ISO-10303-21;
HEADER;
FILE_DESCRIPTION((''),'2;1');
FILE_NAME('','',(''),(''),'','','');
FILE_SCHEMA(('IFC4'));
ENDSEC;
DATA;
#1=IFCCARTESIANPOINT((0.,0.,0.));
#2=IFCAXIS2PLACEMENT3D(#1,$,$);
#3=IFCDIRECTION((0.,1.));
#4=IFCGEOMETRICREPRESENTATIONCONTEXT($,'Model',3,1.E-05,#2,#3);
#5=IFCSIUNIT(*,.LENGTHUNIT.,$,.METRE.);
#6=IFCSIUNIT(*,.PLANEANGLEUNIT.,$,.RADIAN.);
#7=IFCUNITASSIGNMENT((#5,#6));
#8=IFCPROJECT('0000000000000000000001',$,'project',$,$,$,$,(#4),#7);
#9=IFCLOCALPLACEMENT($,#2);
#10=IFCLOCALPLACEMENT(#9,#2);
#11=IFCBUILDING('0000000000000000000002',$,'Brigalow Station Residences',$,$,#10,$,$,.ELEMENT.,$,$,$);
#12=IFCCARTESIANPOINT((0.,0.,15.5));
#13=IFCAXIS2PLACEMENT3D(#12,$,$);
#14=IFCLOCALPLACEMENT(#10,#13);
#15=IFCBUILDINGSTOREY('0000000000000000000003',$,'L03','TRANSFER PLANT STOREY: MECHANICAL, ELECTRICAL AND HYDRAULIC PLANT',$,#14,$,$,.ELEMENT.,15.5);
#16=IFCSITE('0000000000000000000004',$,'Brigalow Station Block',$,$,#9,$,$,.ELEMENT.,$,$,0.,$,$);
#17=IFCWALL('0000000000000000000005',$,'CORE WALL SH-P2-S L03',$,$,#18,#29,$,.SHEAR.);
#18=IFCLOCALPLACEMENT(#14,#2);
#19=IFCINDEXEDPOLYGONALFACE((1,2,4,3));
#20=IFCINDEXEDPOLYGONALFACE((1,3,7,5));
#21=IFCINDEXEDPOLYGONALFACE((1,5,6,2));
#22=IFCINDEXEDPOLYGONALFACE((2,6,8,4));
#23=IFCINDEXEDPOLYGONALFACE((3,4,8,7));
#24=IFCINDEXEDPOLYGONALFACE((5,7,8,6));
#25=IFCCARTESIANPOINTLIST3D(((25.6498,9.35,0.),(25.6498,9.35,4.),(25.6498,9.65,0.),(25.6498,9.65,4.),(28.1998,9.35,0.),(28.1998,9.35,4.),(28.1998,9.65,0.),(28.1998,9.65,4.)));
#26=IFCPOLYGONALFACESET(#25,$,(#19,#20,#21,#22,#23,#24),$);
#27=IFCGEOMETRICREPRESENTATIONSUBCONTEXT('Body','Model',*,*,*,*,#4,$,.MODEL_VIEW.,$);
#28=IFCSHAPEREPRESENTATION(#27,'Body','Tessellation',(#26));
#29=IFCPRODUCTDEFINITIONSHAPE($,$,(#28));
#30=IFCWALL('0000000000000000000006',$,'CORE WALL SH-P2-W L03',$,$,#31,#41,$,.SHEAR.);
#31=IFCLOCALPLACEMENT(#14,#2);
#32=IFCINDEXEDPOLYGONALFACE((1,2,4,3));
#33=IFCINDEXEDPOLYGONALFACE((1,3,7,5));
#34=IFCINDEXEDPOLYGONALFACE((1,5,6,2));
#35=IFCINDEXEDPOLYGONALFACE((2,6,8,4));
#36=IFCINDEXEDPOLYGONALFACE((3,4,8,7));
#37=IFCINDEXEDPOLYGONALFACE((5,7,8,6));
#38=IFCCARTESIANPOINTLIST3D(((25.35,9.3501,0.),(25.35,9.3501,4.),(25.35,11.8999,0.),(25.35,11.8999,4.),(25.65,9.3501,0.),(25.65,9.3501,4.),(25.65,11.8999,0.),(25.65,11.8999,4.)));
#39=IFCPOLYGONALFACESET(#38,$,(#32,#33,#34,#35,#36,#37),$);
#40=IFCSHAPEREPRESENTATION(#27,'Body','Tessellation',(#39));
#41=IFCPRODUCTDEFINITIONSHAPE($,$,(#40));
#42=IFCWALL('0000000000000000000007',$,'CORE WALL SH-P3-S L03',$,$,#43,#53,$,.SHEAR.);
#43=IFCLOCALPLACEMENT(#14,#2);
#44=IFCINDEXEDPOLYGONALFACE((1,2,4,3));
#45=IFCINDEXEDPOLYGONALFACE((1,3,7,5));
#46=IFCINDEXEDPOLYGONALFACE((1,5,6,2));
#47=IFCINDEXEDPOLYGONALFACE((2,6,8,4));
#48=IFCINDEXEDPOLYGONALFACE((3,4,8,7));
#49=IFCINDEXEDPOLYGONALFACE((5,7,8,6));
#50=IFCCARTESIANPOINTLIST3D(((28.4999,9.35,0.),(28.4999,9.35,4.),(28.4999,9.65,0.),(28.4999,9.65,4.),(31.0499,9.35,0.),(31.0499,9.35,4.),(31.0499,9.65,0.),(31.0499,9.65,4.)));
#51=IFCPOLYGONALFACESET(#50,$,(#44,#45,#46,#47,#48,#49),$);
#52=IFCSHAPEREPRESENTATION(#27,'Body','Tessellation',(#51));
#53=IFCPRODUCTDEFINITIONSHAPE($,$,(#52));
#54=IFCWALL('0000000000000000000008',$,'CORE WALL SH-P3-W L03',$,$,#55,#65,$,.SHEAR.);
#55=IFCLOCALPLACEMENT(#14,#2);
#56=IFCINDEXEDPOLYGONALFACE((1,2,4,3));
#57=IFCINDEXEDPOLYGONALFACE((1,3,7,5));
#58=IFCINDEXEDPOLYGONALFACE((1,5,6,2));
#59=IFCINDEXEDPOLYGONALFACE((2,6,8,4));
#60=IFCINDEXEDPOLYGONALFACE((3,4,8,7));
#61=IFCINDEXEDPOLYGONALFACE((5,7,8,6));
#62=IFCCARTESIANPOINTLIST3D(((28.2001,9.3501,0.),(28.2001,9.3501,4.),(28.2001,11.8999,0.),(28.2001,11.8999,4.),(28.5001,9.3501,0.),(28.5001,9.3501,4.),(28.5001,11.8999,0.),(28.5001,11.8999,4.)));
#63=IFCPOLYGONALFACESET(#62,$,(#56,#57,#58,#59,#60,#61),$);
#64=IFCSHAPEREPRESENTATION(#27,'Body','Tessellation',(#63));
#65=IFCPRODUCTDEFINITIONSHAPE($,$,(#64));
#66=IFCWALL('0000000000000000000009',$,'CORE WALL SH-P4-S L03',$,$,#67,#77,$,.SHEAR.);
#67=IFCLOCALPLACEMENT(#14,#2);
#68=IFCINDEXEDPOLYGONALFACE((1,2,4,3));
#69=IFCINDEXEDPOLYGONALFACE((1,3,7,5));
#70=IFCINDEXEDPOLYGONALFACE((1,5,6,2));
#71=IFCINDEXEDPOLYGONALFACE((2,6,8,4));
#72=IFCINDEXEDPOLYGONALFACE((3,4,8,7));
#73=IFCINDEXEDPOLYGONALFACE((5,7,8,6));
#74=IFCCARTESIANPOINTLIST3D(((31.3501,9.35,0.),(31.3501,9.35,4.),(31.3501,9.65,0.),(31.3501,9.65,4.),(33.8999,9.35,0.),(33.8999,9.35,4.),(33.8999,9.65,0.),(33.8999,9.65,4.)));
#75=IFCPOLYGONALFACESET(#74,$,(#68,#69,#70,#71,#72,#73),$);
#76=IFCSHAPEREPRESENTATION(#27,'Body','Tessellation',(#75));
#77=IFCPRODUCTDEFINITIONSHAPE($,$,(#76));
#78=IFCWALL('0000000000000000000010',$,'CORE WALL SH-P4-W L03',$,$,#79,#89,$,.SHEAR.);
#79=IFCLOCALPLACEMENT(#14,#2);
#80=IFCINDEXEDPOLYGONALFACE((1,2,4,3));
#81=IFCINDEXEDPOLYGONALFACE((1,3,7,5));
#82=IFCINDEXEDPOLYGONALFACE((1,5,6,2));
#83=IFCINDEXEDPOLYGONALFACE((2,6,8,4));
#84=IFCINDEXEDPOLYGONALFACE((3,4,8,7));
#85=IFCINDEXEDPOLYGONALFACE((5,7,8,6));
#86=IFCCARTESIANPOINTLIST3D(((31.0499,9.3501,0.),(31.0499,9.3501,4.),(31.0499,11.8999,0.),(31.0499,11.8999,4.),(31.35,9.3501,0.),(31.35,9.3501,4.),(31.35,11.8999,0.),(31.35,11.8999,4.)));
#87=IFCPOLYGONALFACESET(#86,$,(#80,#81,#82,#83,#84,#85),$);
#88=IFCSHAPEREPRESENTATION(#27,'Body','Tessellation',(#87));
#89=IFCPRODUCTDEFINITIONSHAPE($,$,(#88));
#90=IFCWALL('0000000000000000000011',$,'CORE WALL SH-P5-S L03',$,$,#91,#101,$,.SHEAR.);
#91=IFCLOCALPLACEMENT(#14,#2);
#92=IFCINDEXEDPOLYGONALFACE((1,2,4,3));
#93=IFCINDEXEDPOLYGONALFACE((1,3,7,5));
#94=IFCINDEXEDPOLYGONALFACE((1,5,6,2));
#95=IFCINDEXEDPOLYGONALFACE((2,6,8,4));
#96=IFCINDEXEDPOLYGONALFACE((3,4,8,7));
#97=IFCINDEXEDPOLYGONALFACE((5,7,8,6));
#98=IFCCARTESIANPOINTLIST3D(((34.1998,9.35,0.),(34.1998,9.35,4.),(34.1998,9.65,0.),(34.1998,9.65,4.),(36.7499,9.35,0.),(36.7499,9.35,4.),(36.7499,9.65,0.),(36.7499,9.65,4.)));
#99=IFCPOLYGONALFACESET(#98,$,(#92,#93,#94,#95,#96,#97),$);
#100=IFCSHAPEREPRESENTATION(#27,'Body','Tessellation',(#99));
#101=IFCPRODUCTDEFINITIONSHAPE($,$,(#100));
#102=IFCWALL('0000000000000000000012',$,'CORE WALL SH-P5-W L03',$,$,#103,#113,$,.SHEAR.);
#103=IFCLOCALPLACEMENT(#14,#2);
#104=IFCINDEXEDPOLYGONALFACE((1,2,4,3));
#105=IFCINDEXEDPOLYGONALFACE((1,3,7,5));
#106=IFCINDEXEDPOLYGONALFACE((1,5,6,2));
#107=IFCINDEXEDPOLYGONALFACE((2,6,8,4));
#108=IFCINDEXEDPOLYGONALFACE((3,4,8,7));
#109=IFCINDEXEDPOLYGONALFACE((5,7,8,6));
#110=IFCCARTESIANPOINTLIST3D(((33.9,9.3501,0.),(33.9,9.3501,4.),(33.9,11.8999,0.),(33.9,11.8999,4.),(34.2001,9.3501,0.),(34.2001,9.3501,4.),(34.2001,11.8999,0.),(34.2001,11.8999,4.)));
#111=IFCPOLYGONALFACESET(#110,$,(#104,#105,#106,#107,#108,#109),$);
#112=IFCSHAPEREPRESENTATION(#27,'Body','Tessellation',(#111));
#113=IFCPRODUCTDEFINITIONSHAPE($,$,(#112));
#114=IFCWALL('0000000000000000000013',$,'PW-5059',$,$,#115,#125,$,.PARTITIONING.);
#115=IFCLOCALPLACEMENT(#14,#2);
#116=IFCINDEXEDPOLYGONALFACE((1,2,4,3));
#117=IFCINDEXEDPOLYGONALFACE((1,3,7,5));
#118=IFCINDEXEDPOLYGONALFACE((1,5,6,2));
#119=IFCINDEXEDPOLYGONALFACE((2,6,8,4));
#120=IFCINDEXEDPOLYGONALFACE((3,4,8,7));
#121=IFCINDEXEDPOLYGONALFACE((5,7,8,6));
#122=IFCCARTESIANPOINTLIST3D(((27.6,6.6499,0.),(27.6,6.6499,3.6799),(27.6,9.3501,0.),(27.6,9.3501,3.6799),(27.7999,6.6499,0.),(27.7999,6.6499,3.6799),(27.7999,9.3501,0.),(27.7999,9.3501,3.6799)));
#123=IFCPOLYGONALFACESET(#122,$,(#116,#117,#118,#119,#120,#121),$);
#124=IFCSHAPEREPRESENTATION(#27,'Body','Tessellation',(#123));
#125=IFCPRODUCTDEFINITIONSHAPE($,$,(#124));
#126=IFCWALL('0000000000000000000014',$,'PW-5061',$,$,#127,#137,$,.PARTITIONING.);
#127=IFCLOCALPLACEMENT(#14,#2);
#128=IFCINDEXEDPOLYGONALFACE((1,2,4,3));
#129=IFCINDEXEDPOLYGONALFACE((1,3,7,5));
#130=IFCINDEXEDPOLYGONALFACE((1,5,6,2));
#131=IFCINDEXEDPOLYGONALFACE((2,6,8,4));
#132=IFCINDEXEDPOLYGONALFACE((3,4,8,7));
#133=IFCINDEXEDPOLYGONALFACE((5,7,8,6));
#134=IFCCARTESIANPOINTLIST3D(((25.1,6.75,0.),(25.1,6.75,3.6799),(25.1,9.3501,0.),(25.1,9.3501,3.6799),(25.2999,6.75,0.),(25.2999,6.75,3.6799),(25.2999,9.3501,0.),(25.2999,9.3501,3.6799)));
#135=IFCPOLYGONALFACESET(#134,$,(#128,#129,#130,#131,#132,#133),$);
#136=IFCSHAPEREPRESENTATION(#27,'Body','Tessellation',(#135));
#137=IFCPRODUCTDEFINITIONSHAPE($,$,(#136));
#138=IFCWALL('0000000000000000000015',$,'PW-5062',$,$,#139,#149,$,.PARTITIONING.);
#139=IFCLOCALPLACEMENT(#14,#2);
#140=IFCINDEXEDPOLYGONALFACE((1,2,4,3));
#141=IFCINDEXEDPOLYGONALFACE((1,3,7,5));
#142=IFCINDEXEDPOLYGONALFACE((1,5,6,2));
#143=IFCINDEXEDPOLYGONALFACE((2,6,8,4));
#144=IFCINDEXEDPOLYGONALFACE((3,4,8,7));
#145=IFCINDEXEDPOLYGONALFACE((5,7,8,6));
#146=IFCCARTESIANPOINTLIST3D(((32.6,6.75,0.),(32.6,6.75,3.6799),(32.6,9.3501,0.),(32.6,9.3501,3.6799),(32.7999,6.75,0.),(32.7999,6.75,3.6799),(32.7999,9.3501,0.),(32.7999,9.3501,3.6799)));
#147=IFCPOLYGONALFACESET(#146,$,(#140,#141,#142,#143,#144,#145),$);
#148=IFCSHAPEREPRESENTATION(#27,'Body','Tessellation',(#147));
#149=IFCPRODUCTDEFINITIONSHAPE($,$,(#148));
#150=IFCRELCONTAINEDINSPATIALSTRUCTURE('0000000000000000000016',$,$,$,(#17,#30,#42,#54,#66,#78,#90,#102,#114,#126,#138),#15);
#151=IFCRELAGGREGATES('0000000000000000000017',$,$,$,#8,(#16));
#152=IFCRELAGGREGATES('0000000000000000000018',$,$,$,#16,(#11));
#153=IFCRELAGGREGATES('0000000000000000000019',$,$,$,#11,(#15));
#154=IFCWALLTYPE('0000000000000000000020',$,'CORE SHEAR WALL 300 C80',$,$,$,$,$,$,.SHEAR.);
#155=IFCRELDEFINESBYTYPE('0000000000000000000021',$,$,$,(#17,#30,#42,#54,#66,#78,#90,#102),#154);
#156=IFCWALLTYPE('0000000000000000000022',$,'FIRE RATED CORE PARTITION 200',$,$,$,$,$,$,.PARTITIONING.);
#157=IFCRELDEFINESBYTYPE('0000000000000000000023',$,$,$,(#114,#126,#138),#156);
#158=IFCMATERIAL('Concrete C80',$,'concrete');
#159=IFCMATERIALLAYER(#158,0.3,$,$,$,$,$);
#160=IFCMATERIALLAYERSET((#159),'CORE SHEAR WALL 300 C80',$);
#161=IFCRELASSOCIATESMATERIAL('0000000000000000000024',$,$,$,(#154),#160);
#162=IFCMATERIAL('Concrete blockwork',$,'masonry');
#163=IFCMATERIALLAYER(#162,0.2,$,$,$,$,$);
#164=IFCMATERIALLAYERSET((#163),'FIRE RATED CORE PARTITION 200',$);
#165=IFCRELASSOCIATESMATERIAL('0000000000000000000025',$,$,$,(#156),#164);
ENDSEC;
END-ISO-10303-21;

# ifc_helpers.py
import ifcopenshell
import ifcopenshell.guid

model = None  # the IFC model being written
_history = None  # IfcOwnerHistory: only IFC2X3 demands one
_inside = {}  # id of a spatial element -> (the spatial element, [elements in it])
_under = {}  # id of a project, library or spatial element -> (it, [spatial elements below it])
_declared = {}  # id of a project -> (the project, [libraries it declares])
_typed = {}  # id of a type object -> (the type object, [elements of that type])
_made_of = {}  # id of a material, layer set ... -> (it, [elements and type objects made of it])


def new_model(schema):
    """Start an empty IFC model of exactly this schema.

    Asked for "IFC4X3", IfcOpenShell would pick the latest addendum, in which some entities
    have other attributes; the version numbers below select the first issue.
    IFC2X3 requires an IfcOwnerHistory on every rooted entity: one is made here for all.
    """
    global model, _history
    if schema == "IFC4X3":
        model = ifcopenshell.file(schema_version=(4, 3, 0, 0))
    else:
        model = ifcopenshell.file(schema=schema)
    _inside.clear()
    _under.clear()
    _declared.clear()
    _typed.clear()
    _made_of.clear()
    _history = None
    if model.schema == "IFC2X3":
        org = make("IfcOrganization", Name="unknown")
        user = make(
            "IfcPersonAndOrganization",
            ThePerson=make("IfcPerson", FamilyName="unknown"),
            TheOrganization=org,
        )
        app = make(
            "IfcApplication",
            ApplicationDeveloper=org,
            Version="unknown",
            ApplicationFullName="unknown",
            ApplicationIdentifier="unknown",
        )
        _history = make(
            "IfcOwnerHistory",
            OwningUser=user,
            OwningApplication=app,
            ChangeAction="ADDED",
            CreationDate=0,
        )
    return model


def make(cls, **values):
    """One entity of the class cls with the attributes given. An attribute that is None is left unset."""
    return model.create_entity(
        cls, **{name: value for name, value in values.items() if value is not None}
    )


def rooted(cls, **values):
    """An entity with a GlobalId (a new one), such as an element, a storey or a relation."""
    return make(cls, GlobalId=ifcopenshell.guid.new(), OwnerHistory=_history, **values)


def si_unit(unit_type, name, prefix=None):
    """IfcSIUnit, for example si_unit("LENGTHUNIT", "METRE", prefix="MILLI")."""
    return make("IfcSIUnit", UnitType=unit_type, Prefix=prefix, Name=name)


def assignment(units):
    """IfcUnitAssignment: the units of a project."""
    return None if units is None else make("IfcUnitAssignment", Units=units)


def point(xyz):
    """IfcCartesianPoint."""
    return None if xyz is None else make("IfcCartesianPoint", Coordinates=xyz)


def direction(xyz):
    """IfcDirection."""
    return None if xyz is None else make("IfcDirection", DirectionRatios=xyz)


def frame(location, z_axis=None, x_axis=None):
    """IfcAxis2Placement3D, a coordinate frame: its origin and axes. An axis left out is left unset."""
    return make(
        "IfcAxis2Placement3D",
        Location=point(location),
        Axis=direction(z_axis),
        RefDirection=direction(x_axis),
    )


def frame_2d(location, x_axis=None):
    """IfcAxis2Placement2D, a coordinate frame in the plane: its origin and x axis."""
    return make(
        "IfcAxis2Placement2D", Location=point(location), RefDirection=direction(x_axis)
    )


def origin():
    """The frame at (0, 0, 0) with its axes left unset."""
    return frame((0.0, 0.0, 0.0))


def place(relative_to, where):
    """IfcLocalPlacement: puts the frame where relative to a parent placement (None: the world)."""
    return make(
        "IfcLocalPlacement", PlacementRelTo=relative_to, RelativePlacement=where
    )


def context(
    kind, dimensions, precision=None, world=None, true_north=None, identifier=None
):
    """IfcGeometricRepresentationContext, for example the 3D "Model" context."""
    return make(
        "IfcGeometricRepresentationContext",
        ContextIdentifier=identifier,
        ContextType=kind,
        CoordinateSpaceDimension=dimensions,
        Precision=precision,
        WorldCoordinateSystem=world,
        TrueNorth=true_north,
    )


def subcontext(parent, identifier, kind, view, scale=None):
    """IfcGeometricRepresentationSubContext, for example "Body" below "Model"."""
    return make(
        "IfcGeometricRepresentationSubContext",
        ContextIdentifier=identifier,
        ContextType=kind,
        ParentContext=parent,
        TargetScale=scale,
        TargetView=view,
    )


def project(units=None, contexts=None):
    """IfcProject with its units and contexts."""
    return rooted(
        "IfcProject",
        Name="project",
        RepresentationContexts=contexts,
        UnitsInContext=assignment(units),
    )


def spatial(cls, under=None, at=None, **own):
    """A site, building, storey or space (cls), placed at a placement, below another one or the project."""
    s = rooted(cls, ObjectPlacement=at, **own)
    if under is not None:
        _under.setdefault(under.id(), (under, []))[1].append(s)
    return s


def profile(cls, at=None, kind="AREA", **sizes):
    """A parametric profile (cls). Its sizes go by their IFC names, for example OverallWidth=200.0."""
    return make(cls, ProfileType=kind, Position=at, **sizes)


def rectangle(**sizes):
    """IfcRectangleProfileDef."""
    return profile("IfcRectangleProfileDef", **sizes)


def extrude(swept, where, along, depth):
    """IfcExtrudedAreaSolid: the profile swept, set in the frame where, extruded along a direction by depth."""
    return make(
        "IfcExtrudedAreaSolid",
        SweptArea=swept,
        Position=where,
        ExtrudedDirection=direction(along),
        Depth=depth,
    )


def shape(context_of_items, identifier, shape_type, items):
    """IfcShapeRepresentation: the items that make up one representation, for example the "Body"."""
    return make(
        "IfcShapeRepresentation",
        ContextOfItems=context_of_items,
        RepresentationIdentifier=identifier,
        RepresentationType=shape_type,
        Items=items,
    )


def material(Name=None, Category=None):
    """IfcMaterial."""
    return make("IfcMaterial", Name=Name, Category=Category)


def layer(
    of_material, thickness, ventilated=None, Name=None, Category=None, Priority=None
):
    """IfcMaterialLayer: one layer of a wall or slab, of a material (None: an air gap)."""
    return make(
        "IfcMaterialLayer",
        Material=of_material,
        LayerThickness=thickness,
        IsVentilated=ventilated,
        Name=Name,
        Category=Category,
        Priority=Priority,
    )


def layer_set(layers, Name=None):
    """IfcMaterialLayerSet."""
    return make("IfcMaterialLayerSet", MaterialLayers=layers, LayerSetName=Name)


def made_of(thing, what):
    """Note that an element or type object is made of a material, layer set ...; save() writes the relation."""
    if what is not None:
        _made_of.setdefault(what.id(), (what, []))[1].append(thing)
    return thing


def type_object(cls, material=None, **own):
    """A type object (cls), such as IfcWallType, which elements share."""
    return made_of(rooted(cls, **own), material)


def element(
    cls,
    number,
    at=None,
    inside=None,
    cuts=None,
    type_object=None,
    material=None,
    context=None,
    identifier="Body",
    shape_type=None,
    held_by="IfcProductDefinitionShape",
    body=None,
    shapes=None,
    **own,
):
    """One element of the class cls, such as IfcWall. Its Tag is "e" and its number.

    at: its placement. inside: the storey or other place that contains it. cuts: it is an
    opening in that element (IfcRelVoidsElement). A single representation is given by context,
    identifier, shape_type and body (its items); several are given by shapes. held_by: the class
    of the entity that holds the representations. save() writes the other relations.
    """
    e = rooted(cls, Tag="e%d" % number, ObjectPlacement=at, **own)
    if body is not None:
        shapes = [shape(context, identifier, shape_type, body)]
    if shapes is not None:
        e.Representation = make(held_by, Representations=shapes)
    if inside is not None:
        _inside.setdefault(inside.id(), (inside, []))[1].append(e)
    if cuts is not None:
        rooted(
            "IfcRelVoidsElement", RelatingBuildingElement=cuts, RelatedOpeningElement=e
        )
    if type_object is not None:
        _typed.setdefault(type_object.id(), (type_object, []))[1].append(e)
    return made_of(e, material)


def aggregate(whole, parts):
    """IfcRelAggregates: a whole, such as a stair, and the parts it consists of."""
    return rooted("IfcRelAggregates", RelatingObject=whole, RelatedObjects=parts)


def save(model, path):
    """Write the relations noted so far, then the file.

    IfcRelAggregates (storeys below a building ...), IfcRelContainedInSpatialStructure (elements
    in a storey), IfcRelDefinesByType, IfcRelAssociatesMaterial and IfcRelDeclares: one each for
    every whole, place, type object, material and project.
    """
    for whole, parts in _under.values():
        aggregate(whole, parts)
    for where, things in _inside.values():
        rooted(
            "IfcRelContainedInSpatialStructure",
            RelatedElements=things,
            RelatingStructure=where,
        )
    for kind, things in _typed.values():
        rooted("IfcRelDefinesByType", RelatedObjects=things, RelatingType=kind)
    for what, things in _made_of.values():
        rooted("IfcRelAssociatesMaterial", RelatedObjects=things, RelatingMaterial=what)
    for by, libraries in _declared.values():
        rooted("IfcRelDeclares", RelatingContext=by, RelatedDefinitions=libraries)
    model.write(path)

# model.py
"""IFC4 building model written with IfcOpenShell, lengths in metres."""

from ifc_helpers import new_model, si_unit, direction, frame, frame_2d, origin, place, context, subcontext, project, spatial, rectangle, extrude, material, layer, layer_set, type_object, element, save


model = new_model("IFC4")

# Units and contexts
model_context = context("Model", 3, precision=1e-05, world=origin(), true_north=direction((0.0, 1.0)))
body_context = subcontext(model_context, "Body", "Model", "MODEL_VIEW")
ifc_project = project(units=[si_unit("LENGTHUNIT", "METRE"), si_unit("PLANEANGLEUNIT", "RADIAN")], contexts=[model_context])

# Site, building, storey
site_placement = place(None, origin())
site = spatial("IfcSite", under=ifc_project, at=site_placement, Name="Brigalow Station Block", CompositionType="ELEMENT", RefElevation=0.0)
building_placement = place(site_placement, origin())
building = spatial("IfcBuilding", under=site, at=building_placement, Name="Brigalow Station Residences", CompositionType="ELEMENT")
storey_placement = place(building_placement, frame((0.0, 0.0, 15.5)))
storey = spatial("IfcBuildingStorey", under=building, at=storey_placement, Name="L03", Description="TRANSFER PLANT STOREY: MECHANICAL, ELECTRICAL AND HYDRAULIC PLANT", CompositionType="ELEMENT", Elevation=15.5)

# Walls
ifc_material_1 = material(Name="Concrete C80", Category="concrete")
ifc_layer_1 = layer(ifc_material_1, 0.3)
ifc_layer_set_1 = layer_set([ifc_layer_1], Name="CORE SHEAR WALL 300 C80")
wall_type_1 = type_object("IfcWallType", Name="CORE SHEAR WALL 300 C80", PredefinedType="SHEAR", material=ifc_layer_set_1)
wall_1_placement = place(storey_placement, frame((25.6499, 9.5, 0.0), z_axis=(0.0, 0.0, 1.0), x_axis=(1.0, 0.0, 0.0)))
element("IfcWall", 1, at=wall_1_placement, inside=storey, type_object=wall_type_1, Name="CORE WALL SH-P2-S L03", PredefinedType="SHEAR", context=body_context, shape_type="SweptSolid", body=[
    extrude(rectangle(XDim=2.55, YDim=0.3, at=frame_2d((1.2749, 0.0))), origin(), (0.0, 0.0, 1.0), 4.0),
])
wall_2_placement = place(storey_placement, frame((25.5, 9.3501, 0.0), z_axis=(0.0, 0.0, 1.0), x_axis=(0.0, 1.0, 0.0)))
element("IfcWall", 2, at=wall_2_placement, inside=storey, type_object=wall_type_1, Name="CORE WALL SH-P2-W L03", PredefinedType="SHEAR", context=body_context, shape_type="SweptSolid", body=[
    extrude(rectangle(XDim=2.5498, YDim=0.3, at=frame_2d((1.2749, 0.0))), origin(), (0.0, 0.0, 1.0), 4.0),
])
wall_3_placement = place(storey_placement, frame((28.5, 9.5, 0.0), z_axis=(0.0, 0.0, 1.0), x_axis=(1.0, 0.0, 0.0)))
element("IfcWall", 3, at=wall_3_placement, inside=storey, type_object=wall_type_1, Name="CORE WALL SH-P3-S L03", PredefinedType="SHEAR", context=body_context, shape_type="SweptSolid", body=[
    extrude(rectangle(XDim=2.55, YDim=0.3, at=frame_2d((1.2749, 0.0))), origin(), (0.0, 0.0, 1.0), 4.0),
])
for number, where, z_axis, x_axis, name in (
    (4, (28.3501, 9.3501, 0.0), (0.0, 0.0, 1.0), (0.0, 1.0, 0.0), "CORE WALL SH-P3-W L03"),
    (5, (31.3501, 9.5, 0.0), (0.0, 0.0, 1.0), (1.0, 0.0, 0.0), "CORE WALL SH-P4-S L03"),
    (6, (31.2, 9.3501, 0.0), (0.0, 0.0, 1.0), (0.0, 1.0, 0.0), "CORE WALL SH-P4-W L03"),
):
    element("IfcWall", number, at=place(storey_placement, frame(where, z_axis=z_axis, x_axis=x_axis)), inside=storey, type_object=wall_type_1, Name=name, PredefinedType="SHEAR", context=body_context, shape_type="SweptSolid", body=[
        extrude(rectangle(XDim=2.5498, YDim=0.3, at=frame_2d((1.2749, 0.0))), origin(), (0.0, 0.0, 1.0), 4.0),
    ])
wall_4_placement = place(storey_placement, frame((34.2, 9.5, 0.0), z_axis=(0.0, 0.0, 1.0), x_axis=(1.0, 0.0, 0.0)))
element("IfcWall", 7, at=wall_4_placement, inside=storey, type_object=wall_type_1, Name="CORE WALL SH-P5-S L03", PredefinedType="SHEAR", context=body_context, shape_type="SweptSolid", body=[
    extrude(rectangle(XDim=2.55, YDim=0.3, at=frame_2d((1.2749, 0.0))), origin(), (0.0, 0.0, 1.0), 4.0),
])
wall_5_placement = place(storey_placement, frame((34.05, 9.3501, 0.0), z_axis=(0.0, 0.0, 1.0), x_axis=(0.0, 1.0, 0.0)))
element("IfcWall", 8, at=wall_5_placement, inside=storey, type_object=wall_type_1, Name="CORE WALL SH-P5-W L03", PredefinedType="SHEAR", context=body_context, shape_type="SweptSolid", body=[
    extrude(rectangle(XDim=2.5498, YDim=0.3, at=frame_2d((1.2749, 0.0))), origin(), (0.0, 0.0, 1.0), 4.0),
])
ifc_material_2 = material(Name="Concrete blockwork", Category="masonry")
ifc_layer_2 = layer(ifc_material_2, 0.2)
ifc_layer_set_2 = layer_set([ifc_layer_2], Name="FIRE RATED CORE PARTITION 200")
wall_type_2 = type_object("IfcWallType", Name="FIRE RATED CORE PARTITION 200", PredefinedType="PARTITIONING", material=ifc_layer_set_2)
wall_6_placement = place(storey_placement, frame((27.7, 6.6499, 0.0), z_axis=(0.0, 0.0, 1.0), x_axis=(0.0, 1.0, 0.0)))
element("IfcWall", 9, at=wall_6_placement, inside=storey, type_object=wall_type_2, Name="PW-5059", PredefinedType="PARTITIONING", context=body_context, shape_type="SweptSolid", body=[
    extrude(rectangle(XDim=2.7002, YDim=0.2, at=frame_2d((1.3501, 0.0))), origin(), (0.0, 0.0, 1.0), 3.6799),
])
for number, where, z_axis, x_axis, name in (
    (10, (25.2, 6.75, 0.0), (0.0, 0.0, 1.0), (0.0, 1.0, 0.0), "PW-5061"),
    (11, (32.7, 6.75, 0.0), (0.0, 0.0, 1.0), (0.0, 1.0, 0.0), "PW-5062"),
):
    element("IfcWall", number, at=place(storey_placement, frame(where, z_axis=z_axis, x_axis=x_axis)), inside=storey, type_object=wall_type_2, Name=name, PredefinedType="PARTITIONING", context=body_context, shape_type="SweptSolid", body=[
        extrude(rectangle(XDim=2.6001, YDim=0.2, at=frame_2d((1.3, 0.0))), origin(), (0.0, 0.0, 1.0), 3.6799),
    ])

save(model, "model.ifc")
